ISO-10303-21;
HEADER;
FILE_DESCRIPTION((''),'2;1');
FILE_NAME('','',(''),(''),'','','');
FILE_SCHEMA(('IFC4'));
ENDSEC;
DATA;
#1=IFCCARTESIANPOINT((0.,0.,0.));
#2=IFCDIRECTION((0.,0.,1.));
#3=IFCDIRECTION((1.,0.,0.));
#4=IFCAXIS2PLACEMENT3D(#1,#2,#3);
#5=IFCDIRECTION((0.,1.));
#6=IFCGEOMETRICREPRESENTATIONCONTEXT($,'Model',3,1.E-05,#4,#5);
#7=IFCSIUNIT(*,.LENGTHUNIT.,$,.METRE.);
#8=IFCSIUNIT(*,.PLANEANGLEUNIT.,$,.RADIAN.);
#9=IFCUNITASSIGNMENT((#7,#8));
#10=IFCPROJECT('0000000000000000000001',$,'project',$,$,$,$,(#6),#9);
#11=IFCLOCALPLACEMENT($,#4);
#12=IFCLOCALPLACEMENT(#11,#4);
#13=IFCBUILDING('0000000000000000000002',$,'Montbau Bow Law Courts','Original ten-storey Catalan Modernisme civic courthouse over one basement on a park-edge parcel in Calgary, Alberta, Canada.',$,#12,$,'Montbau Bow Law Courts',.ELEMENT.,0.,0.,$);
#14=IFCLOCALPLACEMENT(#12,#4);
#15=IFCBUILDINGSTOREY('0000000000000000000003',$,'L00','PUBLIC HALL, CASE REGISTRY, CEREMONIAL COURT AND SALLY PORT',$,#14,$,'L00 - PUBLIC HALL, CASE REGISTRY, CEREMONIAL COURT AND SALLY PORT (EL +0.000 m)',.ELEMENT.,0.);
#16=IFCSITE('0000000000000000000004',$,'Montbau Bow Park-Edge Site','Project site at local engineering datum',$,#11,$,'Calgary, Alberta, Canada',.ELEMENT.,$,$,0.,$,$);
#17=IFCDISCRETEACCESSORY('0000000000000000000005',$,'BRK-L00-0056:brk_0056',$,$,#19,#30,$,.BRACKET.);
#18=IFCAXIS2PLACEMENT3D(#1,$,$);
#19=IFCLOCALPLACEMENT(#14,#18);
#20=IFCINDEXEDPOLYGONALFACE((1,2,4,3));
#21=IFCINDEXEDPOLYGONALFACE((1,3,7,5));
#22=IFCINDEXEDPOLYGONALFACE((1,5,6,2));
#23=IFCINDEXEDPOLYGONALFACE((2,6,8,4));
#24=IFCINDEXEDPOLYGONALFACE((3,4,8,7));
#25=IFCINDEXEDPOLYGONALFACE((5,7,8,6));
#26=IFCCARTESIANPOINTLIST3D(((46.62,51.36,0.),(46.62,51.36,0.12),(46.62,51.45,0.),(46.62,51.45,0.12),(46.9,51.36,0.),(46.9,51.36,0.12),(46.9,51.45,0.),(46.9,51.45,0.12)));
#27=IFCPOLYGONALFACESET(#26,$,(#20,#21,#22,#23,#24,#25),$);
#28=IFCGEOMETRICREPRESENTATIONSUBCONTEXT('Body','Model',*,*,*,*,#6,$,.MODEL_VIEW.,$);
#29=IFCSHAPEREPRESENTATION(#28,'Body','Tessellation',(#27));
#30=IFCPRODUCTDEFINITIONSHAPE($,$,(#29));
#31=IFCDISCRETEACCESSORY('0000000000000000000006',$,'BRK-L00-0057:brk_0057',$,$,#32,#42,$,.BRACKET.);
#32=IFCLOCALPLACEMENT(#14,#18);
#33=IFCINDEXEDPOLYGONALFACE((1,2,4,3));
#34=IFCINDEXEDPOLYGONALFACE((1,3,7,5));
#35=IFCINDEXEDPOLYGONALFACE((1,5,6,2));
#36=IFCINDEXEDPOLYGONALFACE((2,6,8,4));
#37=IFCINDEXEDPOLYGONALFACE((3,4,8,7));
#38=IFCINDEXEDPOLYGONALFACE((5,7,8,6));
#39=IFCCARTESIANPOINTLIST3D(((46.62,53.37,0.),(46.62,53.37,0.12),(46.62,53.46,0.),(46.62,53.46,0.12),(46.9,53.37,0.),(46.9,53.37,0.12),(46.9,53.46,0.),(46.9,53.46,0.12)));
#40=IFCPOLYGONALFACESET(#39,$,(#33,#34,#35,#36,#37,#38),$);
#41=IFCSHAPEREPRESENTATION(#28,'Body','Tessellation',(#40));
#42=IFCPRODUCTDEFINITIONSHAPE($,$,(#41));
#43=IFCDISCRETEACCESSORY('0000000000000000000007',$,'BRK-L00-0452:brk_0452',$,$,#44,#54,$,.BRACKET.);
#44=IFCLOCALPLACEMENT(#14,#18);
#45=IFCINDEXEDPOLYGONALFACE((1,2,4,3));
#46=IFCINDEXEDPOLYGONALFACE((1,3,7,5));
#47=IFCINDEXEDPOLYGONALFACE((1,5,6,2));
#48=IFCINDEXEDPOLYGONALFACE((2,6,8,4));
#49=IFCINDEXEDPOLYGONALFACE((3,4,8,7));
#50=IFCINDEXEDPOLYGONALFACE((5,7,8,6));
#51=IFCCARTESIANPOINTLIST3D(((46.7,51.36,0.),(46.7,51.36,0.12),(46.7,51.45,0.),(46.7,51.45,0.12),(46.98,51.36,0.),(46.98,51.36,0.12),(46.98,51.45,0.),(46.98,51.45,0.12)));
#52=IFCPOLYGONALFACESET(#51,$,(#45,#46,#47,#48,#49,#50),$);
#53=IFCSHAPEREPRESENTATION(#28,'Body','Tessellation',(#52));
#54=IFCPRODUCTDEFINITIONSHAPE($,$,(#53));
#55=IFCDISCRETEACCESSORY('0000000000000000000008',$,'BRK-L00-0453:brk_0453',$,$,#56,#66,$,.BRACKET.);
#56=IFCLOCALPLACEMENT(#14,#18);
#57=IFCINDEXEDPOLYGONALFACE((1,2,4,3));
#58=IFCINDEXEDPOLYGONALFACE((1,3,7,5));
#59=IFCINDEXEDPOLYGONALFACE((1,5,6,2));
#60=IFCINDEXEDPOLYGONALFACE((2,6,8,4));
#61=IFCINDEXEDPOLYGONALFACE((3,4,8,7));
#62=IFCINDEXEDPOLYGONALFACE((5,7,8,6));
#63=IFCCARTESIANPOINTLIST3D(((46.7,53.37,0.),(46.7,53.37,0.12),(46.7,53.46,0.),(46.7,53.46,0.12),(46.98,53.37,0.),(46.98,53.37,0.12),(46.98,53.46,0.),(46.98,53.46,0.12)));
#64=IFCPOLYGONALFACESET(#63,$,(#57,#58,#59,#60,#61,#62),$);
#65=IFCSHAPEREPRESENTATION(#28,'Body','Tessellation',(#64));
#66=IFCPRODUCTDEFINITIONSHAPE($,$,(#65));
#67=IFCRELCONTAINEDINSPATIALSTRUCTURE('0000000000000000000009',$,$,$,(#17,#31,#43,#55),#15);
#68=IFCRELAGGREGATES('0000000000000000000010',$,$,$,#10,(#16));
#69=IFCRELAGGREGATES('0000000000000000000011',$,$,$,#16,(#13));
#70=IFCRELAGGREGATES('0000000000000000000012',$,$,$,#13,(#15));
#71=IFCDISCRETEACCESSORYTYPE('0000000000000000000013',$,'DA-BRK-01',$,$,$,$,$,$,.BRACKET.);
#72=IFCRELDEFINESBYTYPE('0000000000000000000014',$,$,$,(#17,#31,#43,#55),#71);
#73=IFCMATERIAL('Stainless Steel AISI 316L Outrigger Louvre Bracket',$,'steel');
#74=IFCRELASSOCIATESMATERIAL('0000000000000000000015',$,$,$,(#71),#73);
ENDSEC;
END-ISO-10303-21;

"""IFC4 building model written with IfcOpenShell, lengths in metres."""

from ifc_helpers import new_model, si_unit, direction, frame, origin_with_axes, origin_2d_with_axis, place, context, subcontext, project, spatial, rectangle, extrude, material, type_object, element, save


model = new_model("IFC4")

# Units and contexts
model_context = context("Model", 3, precision=1e-05, world=origin_with_axes(), true_north=direction((0.0, 1.0)))
body_context = subcontext(model_context, "Body", "Model", "MODEL_VIEW")
ifc_project = project(units=[si_unit("LENGTHUNIT", "METRE"), si_unit("PLANEANGLEUNIT", "RADIAN")], contexts=[model_context])

# Site, building, storey
site_placement = place(None, origin_with_axes())
site = spatial("IfcSite", under=ifc_project, at=site_placement, Name="Montbau Bow Park-Edge Site", Description="Project site at local engineering datum", LongName="Calgary, Alberta, Canada", CompositionType="ELEMENT", RefElevation=0.0)
building_placement = place(site_placement, origin_with_axes())
building = spatial("IfcBuilding", under=site, at=building_placement, Name="Montbau Bow Law Courts", Description="Original ten-storey Catalan Modernisme civic courthouse over one basement on a park-edge parcel in Calgary, Alberta, Canada.", LongName="Montbau Bow Law Courts", CompositionType="ELEMENT", ElevationOfRefHeight=0.0, ElevationOfTerrain=0.0)
storey_placement = place(building_placement, origin_with_axes())
storey = spatial("IfcBuildingStorey", under=building, at=storey_placement, Name="L00", Description="PUBLIC HALL, CASE REGISTRY, CEREMONIAL COURT AND SALLY PORT", LongName="L00 - PUBLIC HALL, CASE REGISTRY, CEREMONIAL COURT AND SALLY PORT (EL +0.000 m)", CompositionType="ELEMENT", Elevation=0.0)

# Discrete accessories
ifc_material_1 = material(Name="Stainless Steel AISI 316L Outrigger Louvre Bracket", Category="steel")
discrete_accessory_type = type_object("IfcDiscreteAccessoryType", Name="DA-BRK-01", PredefinedType="BRACKET", material=ifc_material_1)
for number, where, z_axis, x_axis, name in (
    (1, (46.76, 51.405, 0.0), (0.0, 0.0, 1.0), (1.0, 0.0, 0.0), "BRK-L00-0056:brk_0056"),
    (2, (46.76, 53.415, 0.0), (0.0, 0.0, 1.0), (1.0, 0.0, 0.0), "BRK-L00-0057:brk_0057"),
    (3, (46.84, 51.405, 0.0), (0.0, 0.0, 1.0), (-1.0, 0.0, 0.0), "BRK-L00-0452:brk_0452"),
    (4, (46.84, 53.415, 0.0), (0.0, 0.0, 1.0), (-1.0, 0.0, 0.0), "BRK-L00-0453:brk_0453"),
):
    element("IfcDiscreteAccessory", number, at=place(None, frame(where, z_axis=z_axis, x_axis=x_axis)), inside=storey, type_object=discrete_accessory_type, Name=name, PredefinedType="BRACKET", context=body_context, shape_type="SweptSolid", body=[
        extrude(rectangle(XDim=0.28, YDim=0.09, at=origin_2d_with_axis()), origin_with_axes(), (0.0, 0.0, 1.0), 0.12),
    ])

save(model, "model.ifc")
